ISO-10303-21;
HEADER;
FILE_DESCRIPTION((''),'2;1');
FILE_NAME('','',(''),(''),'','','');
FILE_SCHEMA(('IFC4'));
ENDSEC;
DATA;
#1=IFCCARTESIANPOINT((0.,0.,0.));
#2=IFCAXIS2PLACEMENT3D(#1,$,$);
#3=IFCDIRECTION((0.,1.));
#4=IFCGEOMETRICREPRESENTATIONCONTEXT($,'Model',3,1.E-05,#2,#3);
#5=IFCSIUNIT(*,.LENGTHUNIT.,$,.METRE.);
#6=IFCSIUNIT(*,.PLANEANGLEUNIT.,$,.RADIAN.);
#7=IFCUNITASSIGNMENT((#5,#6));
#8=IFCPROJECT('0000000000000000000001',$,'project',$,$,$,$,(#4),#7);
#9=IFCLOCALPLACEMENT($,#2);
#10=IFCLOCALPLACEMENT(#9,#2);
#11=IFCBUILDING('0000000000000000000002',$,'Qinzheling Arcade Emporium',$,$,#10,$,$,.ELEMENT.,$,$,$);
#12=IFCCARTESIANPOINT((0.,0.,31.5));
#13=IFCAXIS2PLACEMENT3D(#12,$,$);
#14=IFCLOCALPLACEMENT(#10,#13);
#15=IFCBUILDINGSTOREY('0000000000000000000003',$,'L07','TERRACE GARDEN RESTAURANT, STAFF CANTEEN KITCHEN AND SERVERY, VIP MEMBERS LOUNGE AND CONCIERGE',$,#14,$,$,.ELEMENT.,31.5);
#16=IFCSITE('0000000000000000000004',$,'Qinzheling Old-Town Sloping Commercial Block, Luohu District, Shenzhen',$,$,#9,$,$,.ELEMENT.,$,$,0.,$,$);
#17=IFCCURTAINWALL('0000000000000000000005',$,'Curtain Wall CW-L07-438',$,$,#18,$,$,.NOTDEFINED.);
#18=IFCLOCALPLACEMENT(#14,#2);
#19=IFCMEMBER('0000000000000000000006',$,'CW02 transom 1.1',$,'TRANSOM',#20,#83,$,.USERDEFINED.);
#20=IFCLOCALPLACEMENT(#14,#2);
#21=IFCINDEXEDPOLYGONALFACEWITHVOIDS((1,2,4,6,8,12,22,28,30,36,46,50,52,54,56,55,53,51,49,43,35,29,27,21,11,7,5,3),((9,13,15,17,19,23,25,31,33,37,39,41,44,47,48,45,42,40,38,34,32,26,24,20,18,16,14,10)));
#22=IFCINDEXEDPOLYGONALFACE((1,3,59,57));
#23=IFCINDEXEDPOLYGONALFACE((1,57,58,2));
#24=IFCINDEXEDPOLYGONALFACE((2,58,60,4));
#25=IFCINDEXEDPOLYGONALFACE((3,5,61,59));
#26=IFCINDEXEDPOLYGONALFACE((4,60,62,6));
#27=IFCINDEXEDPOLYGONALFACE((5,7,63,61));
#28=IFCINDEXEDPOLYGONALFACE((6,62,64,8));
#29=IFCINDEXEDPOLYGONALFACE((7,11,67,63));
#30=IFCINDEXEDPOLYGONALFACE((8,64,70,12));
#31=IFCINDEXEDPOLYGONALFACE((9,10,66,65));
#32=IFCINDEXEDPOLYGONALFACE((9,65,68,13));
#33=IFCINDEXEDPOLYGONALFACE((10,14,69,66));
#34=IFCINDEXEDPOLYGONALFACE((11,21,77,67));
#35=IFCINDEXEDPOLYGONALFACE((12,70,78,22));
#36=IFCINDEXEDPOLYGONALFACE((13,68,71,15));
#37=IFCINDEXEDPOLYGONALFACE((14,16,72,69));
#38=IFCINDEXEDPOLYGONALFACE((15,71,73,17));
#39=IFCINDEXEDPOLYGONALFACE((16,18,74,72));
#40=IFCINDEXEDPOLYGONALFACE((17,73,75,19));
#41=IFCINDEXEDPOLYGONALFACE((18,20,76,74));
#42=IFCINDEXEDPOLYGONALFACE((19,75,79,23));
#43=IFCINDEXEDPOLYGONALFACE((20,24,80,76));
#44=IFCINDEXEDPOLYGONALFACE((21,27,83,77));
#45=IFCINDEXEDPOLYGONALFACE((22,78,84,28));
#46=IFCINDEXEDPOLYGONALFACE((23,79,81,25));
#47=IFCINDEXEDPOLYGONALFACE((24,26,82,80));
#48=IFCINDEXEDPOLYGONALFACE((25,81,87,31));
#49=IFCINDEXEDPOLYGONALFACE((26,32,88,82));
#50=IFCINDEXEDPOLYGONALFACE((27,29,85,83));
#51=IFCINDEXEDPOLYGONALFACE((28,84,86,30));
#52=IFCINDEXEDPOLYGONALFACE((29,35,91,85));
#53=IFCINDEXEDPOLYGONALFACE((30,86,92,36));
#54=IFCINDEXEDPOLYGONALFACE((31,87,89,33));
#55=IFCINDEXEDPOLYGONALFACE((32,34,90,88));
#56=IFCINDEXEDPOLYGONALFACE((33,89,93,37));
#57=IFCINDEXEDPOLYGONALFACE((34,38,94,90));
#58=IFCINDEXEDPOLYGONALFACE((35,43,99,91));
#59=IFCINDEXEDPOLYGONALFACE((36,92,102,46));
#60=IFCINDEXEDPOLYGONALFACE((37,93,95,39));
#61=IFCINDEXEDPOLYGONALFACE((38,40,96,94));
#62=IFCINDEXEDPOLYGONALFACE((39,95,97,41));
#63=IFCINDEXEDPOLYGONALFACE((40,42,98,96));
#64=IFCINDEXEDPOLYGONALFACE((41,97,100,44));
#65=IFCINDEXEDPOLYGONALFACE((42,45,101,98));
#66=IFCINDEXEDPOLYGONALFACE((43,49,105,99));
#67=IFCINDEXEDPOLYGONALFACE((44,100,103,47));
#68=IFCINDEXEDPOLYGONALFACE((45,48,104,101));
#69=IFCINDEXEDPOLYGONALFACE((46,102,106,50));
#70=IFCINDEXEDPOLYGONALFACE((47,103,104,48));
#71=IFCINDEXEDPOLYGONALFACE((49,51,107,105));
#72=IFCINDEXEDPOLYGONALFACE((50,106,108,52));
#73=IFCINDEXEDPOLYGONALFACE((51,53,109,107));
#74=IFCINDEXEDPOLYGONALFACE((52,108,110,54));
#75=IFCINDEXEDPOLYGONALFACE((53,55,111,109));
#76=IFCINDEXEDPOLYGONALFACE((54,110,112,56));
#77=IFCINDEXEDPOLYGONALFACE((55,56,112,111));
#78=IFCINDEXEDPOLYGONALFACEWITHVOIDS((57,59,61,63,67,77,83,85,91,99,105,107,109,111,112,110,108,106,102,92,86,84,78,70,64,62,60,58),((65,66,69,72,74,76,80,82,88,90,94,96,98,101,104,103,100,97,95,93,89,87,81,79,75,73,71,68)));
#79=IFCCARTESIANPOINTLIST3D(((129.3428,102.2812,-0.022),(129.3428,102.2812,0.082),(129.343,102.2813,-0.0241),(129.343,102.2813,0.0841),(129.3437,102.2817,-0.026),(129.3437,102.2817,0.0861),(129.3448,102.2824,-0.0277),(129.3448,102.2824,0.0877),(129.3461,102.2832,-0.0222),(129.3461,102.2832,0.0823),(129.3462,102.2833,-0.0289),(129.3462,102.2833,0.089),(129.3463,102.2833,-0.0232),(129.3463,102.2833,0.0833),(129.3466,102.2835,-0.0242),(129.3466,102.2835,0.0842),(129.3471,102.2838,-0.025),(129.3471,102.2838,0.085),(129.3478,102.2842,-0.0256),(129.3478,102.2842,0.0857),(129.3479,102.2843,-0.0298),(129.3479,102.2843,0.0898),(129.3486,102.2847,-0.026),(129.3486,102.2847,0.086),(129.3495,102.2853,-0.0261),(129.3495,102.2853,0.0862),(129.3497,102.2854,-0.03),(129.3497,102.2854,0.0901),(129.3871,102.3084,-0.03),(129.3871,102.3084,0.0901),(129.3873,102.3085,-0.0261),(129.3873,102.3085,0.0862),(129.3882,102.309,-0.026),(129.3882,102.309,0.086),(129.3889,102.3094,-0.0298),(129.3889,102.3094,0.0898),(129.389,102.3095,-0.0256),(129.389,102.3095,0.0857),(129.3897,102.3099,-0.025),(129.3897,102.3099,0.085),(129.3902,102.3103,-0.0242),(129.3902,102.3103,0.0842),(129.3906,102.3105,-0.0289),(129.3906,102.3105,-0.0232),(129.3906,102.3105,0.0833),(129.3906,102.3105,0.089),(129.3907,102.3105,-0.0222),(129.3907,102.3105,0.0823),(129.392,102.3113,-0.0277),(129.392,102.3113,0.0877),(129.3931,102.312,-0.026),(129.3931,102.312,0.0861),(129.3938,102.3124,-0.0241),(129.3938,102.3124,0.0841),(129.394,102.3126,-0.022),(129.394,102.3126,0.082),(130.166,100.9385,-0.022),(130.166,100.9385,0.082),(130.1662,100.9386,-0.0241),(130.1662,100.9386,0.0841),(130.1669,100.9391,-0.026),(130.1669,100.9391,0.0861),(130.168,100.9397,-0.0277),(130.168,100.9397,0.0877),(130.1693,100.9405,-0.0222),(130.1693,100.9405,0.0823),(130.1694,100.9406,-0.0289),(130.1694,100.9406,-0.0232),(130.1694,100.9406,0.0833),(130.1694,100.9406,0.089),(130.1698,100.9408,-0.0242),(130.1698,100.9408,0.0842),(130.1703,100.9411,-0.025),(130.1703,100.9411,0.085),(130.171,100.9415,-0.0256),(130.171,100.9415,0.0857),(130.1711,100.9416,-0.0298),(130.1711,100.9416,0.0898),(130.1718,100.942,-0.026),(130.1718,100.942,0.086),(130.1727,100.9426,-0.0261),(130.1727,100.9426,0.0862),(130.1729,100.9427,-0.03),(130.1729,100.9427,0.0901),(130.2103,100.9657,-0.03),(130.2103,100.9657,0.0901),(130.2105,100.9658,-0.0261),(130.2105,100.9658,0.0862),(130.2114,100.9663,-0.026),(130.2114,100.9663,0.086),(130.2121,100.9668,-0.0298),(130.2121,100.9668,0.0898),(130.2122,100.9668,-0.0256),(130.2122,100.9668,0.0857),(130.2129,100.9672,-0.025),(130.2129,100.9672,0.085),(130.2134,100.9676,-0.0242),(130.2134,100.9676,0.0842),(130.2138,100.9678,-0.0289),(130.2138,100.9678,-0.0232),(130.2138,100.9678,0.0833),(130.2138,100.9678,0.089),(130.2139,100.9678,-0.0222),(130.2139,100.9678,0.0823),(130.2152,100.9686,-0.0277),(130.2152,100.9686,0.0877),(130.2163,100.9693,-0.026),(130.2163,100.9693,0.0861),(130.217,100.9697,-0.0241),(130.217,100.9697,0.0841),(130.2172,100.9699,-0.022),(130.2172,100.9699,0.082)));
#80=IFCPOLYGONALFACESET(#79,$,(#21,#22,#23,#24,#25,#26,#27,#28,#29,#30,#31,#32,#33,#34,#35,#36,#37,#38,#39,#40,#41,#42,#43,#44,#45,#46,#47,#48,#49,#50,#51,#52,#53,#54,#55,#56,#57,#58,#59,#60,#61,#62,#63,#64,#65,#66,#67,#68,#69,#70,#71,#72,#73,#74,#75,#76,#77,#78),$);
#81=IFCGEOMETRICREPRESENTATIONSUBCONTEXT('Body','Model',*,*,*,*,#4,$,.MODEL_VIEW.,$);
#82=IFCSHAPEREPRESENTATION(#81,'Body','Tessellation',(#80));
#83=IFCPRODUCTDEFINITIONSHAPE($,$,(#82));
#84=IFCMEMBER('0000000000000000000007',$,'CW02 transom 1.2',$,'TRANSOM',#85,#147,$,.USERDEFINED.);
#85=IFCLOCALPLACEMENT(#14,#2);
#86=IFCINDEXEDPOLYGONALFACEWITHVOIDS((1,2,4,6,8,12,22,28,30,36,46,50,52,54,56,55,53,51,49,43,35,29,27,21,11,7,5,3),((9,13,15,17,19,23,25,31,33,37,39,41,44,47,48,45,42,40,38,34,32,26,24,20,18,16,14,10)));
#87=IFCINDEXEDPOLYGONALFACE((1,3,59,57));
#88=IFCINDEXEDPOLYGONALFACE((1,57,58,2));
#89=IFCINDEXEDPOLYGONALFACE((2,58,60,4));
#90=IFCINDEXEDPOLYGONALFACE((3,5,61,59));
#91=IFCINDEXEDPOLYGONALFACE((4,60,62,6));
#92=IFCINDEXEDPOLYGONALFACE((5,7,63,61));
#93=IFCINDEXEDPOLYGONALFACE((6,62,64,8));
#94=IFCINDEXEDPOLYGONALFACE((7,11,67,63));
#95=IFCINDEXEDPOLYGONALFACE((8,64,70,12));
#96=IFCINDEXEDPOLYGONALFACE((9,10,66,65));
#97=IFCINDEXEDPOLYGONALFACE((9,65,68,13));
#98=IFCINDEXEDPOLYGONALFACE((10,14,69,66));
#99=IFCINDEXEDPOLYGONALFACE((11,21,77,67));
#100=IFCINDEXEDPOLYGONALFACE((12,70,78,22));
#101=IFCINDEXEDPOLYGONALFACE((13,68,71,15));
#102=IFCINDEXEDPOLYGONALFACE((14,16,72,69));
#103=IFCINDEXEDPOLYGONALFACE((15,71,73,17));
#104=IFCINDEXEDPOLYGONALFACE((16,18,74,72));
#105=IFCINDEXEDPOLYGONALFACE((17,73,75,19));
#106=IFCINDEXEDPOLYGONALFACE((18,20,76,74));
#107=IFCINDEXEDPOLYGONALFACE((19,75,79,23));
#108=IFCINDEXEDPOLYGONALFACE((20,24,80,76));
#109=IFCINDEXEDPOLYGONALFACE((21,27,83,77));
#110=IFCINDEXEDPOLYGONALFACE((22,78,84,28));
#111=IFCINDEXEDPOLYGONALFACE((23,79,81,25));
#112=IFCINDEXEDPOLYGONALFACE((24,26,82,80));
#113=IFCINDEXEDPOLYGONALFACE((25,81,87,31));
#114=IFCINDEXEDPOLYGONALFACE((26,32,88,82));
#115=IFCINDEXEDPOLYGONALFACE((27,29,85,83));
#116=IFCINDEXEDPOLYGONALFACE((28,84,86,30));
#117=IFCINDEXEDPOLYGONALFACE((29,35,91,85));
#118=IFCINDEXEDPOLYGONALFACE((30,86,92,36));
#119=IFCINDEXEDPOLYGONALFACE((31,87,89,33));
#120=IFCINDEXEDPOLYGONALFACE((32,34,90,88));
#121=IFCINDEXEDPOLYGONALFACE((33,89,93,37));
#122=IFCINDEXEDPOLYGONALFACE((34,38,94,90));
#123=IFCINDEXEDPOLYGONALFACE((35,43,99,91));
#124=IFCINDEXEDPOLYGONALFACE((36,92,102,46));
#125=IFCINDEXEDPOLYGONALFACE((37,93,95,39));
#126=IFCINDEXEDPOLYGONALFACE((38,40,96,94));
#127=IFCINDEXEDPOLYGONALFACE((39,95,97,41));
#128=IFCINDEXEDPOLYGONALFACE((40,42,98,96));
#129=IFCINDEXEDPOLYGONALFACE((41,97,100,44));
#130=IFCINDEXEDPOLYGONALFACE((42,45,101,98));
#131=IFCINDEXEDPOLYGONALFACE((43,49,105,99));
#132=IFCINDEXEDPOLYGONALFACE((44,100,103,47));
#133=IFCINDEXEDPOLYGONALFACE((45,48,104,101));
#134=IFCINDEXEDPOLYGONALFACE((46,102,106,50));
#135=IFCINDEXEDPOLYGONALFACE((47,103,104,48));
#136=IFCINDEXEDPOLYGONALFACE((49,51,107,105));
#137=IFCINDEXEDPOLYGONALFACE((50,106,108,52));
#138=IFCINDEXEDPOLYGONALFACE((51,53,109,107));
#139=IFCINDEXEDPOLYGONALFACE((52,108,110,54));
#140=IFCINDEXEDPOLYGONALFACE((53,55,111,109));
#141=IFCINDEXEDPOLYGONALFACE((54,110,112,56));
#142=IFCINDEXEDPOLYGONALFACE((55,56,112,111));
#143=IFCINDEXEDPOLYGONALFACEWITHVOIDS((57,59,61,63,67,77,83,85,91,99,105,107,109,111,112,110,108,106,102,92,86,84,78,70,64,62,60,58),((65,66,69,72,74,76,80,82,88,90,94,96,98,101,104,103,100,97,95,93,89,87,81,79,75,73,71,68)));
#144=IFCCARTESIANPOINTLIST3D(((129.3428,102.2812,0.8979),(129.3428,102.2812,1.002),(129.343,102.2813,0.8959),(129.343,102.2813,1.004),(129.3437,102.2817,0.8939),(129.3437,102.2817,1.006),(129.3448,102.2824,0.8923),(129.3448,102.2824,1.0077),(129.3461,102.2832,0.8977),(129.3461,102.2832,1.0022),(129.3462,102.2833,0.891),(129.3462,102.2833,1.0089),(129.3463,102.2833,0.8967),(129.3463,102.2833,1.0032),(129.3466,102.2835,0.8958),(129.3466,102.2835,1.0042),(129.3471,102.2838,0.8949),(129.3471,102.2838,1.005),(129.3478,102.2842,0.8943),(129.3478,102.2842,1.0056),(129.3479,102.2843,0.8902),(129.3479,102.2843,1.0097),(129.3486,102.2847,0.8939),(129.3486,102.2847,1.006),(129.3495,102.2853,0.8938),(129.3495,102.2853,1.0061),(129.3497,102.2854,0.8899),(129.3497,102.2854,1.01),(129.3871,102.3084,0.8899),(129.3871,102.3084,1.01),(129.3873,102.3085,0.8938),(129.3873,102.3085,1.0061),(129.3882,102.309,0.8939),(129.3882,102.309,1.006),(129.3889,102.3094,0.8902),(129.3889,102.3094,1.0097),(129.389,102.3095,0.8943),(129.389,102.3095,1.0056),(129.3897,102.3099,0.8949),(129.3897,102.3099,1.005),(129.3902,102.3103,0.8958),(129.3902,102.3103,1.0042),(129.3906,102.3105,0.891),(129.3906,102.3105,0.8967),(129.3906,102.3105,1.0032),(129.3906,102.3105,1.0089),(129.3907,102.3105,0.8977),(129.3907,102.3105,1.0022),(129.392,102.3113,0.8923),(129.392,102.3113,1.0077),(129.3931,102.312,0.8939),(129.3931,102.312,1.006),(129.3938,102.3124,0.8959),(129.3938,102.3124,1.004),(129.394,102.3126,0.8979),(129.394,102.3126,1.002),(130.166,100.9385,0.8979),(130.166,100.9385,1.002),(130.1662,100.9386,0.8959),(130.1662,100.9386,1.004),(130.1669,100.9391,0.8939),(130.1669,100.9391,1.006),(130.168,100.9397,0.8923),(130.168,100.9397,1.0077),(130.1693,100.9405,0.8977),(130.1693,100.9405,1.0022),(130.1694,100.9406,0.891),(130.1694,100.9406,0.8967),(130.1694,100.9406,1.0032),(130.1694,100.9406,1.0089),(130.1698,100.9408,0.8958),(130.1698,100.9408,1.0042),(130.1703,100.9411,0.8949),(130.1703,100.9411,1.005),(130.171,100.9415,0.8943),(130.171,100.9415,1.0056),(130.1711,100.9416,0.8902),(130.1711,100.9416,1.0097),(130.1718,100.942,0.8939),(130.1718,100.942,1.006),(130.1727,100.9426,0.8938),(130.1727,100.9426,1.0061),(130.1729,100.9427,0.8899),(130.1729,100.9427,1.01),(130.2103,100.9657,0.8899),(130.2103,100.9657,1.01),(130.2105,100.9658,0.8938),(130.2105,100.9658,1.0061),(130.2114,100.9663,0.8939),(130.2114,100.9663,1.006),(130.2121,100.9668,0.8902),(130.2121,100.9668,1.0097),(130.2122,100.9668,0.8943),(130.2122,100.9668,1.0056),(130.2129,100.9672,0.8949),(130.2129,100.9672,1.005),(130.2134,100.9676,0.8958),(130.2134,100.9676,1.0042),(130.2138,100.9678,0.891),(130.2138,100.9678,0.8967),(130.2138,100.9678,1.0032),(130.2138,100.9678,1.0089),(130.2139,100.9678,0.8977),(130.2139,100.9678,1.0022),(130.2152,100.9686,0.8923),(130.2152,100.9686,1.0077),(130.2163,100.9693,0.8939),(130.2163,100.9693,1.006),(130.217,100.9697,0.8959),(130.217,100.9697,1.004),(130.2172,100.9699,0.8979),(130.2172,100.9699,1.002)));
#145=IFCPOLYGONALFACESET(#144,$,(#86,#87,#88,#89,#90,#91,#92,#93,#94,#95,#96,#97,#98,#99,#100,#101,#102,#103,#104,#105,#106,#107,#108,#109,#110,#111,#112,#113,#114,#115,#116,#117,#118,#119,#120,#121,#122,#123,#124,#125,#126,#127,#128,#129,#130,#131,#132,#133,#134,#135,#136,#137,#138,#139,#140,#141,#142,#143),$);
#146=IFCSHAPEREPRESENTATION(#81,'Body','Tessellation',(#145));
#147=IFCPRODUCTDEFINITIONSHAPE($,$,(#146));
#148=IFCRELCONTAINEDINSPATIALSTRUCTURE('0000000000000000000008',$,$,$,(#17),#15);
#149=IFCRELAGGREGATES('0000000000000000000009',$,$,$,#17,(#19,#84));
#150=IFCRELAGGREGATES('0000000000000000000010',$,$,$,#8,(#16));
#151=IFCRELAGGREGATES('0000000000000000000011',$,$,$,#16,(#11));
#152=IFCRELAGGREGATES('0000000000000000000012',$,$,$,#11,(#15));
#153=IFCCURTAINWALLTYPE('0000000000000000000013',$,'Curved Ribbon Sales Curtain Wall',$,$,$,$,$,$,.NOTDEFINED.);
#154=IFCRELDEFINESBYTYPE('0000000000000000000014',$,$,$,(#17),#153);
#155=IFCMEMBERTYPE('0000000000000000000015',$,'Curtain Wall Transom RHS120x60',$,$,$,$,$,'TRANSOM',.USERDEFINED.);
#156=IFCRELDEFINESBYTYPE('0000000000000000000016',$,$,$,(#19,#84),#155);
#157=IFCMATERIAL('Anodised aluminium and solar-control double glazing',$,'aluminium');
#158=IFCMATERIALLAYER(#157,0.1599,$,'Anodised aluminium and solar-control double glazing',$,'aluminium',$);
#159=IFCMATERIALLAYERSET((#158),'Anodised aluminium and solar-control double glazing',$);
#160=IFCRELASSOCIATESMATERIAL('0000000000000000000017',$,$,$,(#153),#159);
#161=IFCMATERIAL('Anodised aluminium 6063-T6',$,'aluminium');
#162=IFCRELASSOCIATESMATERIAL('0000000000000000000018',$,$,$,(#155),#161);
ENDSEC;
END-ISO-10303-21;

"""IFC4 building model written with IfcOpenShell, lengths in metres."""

from ifc_helpers import new_model, si_unit, direction, frame, origin, origin_2d, place, context, subcontext, project, spatial, hollow_rectangle, extrude, material, layer, layer_set, material_profile, profile_set, type_object, element, aggregate, save


model = new_model("IFC4")

# Units and contexts
model_context = context("Model", 3, precision=1e-05, world=origin(), true_north=direction((0.0, 1.0)))
body_context = subcontext(model_context, "Body", "Model", "MODEL_VIEW")
ifc_project = project(units=[si_unit("LENGTHUNIT", "METRE"), si_unit("PLANEANGLEUNIT", "RADIAN")], contexts=[model_context])

# Site, building, storey
site_placement = place(None, origin())
site = spatial("IfcSite", under=ifc_project, at=site_placement, Name="Qinzheling Old-Town Sloping Commercial Block, Luohu District, Shenzhen", CompositionType="ELEMENT", RefElevation=0.0)
building_placement = place(site_placement, origin())
building = spatial("IfcBuilding", under=site, at=building_placement, Name="Qinzheling Arcade Emporium", CompositionType="ELEMENT")
storey_placement = place(building_placement, frame((0.0, 0.0, 31.5)))
storey = spatial("IfcBuildingStorey", under=building, at=storey_placement, Name="L07", Description="TERRACE GARDEN RESTAURANT, STAFF CANTEEN KITCHEN AND SERVERY, VIP MEMBERS LOUNGE AND CONCIERGE", CompositionType="ELEMENT", Elevation=31.5)

# Shared definitions
ifc_material_1 = material(Name="Anodised aluminium and solar-control double glazing", Category="aluminium")
ifc_layer_1 = layer(ifc_material_1, 0.1599, Name="Anodised aluminium and solar-control double glazing", Category="aluminium")
ifc_layer_set_1 = layer_set([ifc_layer_1], Name="Anodised aluminium and solar-control double glazing")
curtain_wall_type = type_object("IfcCurtainWallType", Name="Curved Ribbon Sales Curtain Wall", PredefinedType="NOTDEFINED", material=ifc_layer_set_1)
ifc_material_2 = material(Name="Anodised aluminium 6063-T6", Category="aluminium")

# Curtain wall
curtain_wall_1_placement = place(storey_placement, origin())
curtain_wall_1 = element("IfcCurtainWall", 1, at=curtain_wall_1_placement, inside=storey, type_object=curtain_wall_type, Name="Curtain Wall CW-L07-438", PredefinedType="NOTDEFINED")

# Members
ifc_material_profile_1 = material_profile(ifc_material_2, hollow_rectangle(XDim=0.0601, YDim=0.1201, WallThickness=0.0039, InnerFilletRadius=0.0039, OuterFilletRadius=0.0081, at=origin_2d()), Name="RHS 120x60x4", Category="aluminium")
ifc_profile_set_1 = profile_set([ifc_material_profile_1], Name="Anodised aluminium 6063-T6")
member_type_1 = type_object("IfcMemberType", Name="Curtain Wall Transom RHS120x60", ElementType="TRANSOM", PredefinedType="USERDEFINED", material=ifc_profile_set_1)
member_1_placement = place(storey_placement, frame((129.3684, 102.2969, 0.03), z_axis=(0.522678, -0.85253, 0.0), x_axis=(0.85253, 0.522678, 0.0)))
member_1 = element("IfcMember", 2, at=member_1_placement, type_object=member_type_1, Name="CW02 transom 1.1", ObjectType="TRANSOM", PredefinedType="USERDEFINED", context=body_context, shape_type="SweptSolid", body=[
    extrude(hollow_rectangle(XDim=0.0601, YDim=0.1201, WallThickness=0.0039, InnerFilletRadius=0.0039, OuterFilletRadius=0.0081, at=origin_2d()), origin(), (0.0, 0.0, 1.0), 1.575),
])
member_2_placement = place(storey_placement, frame((129.3684, 102.2969, 0.95), z_axis=(0.522678, -0.85253, 0.0), x_axis=(0.85253, 0.522678, 0.0)))
member_2 = element("IfcMember", 3, at=member_2_placement, type_object=member_type_1, Name="CW02 transom 1.2", ObjectType="TRANSOM", PredefinedType="USERDEFINED", context=body_context, shape_type="SweptSolid", body=[
    extrude(hollow_rectangle(XDim=0.0601, YDim=0.1201, WallThickness=0.0039, InnerFilletRadius=0.0039, OuterFilletRadius=0.0081, at=origin_2d()), origin(), (0.0, 0.0, 1.0), 1.575),
])
aggregate(curtain_wall_1, [member_1, member_2])

save(model, "model.ifc")
